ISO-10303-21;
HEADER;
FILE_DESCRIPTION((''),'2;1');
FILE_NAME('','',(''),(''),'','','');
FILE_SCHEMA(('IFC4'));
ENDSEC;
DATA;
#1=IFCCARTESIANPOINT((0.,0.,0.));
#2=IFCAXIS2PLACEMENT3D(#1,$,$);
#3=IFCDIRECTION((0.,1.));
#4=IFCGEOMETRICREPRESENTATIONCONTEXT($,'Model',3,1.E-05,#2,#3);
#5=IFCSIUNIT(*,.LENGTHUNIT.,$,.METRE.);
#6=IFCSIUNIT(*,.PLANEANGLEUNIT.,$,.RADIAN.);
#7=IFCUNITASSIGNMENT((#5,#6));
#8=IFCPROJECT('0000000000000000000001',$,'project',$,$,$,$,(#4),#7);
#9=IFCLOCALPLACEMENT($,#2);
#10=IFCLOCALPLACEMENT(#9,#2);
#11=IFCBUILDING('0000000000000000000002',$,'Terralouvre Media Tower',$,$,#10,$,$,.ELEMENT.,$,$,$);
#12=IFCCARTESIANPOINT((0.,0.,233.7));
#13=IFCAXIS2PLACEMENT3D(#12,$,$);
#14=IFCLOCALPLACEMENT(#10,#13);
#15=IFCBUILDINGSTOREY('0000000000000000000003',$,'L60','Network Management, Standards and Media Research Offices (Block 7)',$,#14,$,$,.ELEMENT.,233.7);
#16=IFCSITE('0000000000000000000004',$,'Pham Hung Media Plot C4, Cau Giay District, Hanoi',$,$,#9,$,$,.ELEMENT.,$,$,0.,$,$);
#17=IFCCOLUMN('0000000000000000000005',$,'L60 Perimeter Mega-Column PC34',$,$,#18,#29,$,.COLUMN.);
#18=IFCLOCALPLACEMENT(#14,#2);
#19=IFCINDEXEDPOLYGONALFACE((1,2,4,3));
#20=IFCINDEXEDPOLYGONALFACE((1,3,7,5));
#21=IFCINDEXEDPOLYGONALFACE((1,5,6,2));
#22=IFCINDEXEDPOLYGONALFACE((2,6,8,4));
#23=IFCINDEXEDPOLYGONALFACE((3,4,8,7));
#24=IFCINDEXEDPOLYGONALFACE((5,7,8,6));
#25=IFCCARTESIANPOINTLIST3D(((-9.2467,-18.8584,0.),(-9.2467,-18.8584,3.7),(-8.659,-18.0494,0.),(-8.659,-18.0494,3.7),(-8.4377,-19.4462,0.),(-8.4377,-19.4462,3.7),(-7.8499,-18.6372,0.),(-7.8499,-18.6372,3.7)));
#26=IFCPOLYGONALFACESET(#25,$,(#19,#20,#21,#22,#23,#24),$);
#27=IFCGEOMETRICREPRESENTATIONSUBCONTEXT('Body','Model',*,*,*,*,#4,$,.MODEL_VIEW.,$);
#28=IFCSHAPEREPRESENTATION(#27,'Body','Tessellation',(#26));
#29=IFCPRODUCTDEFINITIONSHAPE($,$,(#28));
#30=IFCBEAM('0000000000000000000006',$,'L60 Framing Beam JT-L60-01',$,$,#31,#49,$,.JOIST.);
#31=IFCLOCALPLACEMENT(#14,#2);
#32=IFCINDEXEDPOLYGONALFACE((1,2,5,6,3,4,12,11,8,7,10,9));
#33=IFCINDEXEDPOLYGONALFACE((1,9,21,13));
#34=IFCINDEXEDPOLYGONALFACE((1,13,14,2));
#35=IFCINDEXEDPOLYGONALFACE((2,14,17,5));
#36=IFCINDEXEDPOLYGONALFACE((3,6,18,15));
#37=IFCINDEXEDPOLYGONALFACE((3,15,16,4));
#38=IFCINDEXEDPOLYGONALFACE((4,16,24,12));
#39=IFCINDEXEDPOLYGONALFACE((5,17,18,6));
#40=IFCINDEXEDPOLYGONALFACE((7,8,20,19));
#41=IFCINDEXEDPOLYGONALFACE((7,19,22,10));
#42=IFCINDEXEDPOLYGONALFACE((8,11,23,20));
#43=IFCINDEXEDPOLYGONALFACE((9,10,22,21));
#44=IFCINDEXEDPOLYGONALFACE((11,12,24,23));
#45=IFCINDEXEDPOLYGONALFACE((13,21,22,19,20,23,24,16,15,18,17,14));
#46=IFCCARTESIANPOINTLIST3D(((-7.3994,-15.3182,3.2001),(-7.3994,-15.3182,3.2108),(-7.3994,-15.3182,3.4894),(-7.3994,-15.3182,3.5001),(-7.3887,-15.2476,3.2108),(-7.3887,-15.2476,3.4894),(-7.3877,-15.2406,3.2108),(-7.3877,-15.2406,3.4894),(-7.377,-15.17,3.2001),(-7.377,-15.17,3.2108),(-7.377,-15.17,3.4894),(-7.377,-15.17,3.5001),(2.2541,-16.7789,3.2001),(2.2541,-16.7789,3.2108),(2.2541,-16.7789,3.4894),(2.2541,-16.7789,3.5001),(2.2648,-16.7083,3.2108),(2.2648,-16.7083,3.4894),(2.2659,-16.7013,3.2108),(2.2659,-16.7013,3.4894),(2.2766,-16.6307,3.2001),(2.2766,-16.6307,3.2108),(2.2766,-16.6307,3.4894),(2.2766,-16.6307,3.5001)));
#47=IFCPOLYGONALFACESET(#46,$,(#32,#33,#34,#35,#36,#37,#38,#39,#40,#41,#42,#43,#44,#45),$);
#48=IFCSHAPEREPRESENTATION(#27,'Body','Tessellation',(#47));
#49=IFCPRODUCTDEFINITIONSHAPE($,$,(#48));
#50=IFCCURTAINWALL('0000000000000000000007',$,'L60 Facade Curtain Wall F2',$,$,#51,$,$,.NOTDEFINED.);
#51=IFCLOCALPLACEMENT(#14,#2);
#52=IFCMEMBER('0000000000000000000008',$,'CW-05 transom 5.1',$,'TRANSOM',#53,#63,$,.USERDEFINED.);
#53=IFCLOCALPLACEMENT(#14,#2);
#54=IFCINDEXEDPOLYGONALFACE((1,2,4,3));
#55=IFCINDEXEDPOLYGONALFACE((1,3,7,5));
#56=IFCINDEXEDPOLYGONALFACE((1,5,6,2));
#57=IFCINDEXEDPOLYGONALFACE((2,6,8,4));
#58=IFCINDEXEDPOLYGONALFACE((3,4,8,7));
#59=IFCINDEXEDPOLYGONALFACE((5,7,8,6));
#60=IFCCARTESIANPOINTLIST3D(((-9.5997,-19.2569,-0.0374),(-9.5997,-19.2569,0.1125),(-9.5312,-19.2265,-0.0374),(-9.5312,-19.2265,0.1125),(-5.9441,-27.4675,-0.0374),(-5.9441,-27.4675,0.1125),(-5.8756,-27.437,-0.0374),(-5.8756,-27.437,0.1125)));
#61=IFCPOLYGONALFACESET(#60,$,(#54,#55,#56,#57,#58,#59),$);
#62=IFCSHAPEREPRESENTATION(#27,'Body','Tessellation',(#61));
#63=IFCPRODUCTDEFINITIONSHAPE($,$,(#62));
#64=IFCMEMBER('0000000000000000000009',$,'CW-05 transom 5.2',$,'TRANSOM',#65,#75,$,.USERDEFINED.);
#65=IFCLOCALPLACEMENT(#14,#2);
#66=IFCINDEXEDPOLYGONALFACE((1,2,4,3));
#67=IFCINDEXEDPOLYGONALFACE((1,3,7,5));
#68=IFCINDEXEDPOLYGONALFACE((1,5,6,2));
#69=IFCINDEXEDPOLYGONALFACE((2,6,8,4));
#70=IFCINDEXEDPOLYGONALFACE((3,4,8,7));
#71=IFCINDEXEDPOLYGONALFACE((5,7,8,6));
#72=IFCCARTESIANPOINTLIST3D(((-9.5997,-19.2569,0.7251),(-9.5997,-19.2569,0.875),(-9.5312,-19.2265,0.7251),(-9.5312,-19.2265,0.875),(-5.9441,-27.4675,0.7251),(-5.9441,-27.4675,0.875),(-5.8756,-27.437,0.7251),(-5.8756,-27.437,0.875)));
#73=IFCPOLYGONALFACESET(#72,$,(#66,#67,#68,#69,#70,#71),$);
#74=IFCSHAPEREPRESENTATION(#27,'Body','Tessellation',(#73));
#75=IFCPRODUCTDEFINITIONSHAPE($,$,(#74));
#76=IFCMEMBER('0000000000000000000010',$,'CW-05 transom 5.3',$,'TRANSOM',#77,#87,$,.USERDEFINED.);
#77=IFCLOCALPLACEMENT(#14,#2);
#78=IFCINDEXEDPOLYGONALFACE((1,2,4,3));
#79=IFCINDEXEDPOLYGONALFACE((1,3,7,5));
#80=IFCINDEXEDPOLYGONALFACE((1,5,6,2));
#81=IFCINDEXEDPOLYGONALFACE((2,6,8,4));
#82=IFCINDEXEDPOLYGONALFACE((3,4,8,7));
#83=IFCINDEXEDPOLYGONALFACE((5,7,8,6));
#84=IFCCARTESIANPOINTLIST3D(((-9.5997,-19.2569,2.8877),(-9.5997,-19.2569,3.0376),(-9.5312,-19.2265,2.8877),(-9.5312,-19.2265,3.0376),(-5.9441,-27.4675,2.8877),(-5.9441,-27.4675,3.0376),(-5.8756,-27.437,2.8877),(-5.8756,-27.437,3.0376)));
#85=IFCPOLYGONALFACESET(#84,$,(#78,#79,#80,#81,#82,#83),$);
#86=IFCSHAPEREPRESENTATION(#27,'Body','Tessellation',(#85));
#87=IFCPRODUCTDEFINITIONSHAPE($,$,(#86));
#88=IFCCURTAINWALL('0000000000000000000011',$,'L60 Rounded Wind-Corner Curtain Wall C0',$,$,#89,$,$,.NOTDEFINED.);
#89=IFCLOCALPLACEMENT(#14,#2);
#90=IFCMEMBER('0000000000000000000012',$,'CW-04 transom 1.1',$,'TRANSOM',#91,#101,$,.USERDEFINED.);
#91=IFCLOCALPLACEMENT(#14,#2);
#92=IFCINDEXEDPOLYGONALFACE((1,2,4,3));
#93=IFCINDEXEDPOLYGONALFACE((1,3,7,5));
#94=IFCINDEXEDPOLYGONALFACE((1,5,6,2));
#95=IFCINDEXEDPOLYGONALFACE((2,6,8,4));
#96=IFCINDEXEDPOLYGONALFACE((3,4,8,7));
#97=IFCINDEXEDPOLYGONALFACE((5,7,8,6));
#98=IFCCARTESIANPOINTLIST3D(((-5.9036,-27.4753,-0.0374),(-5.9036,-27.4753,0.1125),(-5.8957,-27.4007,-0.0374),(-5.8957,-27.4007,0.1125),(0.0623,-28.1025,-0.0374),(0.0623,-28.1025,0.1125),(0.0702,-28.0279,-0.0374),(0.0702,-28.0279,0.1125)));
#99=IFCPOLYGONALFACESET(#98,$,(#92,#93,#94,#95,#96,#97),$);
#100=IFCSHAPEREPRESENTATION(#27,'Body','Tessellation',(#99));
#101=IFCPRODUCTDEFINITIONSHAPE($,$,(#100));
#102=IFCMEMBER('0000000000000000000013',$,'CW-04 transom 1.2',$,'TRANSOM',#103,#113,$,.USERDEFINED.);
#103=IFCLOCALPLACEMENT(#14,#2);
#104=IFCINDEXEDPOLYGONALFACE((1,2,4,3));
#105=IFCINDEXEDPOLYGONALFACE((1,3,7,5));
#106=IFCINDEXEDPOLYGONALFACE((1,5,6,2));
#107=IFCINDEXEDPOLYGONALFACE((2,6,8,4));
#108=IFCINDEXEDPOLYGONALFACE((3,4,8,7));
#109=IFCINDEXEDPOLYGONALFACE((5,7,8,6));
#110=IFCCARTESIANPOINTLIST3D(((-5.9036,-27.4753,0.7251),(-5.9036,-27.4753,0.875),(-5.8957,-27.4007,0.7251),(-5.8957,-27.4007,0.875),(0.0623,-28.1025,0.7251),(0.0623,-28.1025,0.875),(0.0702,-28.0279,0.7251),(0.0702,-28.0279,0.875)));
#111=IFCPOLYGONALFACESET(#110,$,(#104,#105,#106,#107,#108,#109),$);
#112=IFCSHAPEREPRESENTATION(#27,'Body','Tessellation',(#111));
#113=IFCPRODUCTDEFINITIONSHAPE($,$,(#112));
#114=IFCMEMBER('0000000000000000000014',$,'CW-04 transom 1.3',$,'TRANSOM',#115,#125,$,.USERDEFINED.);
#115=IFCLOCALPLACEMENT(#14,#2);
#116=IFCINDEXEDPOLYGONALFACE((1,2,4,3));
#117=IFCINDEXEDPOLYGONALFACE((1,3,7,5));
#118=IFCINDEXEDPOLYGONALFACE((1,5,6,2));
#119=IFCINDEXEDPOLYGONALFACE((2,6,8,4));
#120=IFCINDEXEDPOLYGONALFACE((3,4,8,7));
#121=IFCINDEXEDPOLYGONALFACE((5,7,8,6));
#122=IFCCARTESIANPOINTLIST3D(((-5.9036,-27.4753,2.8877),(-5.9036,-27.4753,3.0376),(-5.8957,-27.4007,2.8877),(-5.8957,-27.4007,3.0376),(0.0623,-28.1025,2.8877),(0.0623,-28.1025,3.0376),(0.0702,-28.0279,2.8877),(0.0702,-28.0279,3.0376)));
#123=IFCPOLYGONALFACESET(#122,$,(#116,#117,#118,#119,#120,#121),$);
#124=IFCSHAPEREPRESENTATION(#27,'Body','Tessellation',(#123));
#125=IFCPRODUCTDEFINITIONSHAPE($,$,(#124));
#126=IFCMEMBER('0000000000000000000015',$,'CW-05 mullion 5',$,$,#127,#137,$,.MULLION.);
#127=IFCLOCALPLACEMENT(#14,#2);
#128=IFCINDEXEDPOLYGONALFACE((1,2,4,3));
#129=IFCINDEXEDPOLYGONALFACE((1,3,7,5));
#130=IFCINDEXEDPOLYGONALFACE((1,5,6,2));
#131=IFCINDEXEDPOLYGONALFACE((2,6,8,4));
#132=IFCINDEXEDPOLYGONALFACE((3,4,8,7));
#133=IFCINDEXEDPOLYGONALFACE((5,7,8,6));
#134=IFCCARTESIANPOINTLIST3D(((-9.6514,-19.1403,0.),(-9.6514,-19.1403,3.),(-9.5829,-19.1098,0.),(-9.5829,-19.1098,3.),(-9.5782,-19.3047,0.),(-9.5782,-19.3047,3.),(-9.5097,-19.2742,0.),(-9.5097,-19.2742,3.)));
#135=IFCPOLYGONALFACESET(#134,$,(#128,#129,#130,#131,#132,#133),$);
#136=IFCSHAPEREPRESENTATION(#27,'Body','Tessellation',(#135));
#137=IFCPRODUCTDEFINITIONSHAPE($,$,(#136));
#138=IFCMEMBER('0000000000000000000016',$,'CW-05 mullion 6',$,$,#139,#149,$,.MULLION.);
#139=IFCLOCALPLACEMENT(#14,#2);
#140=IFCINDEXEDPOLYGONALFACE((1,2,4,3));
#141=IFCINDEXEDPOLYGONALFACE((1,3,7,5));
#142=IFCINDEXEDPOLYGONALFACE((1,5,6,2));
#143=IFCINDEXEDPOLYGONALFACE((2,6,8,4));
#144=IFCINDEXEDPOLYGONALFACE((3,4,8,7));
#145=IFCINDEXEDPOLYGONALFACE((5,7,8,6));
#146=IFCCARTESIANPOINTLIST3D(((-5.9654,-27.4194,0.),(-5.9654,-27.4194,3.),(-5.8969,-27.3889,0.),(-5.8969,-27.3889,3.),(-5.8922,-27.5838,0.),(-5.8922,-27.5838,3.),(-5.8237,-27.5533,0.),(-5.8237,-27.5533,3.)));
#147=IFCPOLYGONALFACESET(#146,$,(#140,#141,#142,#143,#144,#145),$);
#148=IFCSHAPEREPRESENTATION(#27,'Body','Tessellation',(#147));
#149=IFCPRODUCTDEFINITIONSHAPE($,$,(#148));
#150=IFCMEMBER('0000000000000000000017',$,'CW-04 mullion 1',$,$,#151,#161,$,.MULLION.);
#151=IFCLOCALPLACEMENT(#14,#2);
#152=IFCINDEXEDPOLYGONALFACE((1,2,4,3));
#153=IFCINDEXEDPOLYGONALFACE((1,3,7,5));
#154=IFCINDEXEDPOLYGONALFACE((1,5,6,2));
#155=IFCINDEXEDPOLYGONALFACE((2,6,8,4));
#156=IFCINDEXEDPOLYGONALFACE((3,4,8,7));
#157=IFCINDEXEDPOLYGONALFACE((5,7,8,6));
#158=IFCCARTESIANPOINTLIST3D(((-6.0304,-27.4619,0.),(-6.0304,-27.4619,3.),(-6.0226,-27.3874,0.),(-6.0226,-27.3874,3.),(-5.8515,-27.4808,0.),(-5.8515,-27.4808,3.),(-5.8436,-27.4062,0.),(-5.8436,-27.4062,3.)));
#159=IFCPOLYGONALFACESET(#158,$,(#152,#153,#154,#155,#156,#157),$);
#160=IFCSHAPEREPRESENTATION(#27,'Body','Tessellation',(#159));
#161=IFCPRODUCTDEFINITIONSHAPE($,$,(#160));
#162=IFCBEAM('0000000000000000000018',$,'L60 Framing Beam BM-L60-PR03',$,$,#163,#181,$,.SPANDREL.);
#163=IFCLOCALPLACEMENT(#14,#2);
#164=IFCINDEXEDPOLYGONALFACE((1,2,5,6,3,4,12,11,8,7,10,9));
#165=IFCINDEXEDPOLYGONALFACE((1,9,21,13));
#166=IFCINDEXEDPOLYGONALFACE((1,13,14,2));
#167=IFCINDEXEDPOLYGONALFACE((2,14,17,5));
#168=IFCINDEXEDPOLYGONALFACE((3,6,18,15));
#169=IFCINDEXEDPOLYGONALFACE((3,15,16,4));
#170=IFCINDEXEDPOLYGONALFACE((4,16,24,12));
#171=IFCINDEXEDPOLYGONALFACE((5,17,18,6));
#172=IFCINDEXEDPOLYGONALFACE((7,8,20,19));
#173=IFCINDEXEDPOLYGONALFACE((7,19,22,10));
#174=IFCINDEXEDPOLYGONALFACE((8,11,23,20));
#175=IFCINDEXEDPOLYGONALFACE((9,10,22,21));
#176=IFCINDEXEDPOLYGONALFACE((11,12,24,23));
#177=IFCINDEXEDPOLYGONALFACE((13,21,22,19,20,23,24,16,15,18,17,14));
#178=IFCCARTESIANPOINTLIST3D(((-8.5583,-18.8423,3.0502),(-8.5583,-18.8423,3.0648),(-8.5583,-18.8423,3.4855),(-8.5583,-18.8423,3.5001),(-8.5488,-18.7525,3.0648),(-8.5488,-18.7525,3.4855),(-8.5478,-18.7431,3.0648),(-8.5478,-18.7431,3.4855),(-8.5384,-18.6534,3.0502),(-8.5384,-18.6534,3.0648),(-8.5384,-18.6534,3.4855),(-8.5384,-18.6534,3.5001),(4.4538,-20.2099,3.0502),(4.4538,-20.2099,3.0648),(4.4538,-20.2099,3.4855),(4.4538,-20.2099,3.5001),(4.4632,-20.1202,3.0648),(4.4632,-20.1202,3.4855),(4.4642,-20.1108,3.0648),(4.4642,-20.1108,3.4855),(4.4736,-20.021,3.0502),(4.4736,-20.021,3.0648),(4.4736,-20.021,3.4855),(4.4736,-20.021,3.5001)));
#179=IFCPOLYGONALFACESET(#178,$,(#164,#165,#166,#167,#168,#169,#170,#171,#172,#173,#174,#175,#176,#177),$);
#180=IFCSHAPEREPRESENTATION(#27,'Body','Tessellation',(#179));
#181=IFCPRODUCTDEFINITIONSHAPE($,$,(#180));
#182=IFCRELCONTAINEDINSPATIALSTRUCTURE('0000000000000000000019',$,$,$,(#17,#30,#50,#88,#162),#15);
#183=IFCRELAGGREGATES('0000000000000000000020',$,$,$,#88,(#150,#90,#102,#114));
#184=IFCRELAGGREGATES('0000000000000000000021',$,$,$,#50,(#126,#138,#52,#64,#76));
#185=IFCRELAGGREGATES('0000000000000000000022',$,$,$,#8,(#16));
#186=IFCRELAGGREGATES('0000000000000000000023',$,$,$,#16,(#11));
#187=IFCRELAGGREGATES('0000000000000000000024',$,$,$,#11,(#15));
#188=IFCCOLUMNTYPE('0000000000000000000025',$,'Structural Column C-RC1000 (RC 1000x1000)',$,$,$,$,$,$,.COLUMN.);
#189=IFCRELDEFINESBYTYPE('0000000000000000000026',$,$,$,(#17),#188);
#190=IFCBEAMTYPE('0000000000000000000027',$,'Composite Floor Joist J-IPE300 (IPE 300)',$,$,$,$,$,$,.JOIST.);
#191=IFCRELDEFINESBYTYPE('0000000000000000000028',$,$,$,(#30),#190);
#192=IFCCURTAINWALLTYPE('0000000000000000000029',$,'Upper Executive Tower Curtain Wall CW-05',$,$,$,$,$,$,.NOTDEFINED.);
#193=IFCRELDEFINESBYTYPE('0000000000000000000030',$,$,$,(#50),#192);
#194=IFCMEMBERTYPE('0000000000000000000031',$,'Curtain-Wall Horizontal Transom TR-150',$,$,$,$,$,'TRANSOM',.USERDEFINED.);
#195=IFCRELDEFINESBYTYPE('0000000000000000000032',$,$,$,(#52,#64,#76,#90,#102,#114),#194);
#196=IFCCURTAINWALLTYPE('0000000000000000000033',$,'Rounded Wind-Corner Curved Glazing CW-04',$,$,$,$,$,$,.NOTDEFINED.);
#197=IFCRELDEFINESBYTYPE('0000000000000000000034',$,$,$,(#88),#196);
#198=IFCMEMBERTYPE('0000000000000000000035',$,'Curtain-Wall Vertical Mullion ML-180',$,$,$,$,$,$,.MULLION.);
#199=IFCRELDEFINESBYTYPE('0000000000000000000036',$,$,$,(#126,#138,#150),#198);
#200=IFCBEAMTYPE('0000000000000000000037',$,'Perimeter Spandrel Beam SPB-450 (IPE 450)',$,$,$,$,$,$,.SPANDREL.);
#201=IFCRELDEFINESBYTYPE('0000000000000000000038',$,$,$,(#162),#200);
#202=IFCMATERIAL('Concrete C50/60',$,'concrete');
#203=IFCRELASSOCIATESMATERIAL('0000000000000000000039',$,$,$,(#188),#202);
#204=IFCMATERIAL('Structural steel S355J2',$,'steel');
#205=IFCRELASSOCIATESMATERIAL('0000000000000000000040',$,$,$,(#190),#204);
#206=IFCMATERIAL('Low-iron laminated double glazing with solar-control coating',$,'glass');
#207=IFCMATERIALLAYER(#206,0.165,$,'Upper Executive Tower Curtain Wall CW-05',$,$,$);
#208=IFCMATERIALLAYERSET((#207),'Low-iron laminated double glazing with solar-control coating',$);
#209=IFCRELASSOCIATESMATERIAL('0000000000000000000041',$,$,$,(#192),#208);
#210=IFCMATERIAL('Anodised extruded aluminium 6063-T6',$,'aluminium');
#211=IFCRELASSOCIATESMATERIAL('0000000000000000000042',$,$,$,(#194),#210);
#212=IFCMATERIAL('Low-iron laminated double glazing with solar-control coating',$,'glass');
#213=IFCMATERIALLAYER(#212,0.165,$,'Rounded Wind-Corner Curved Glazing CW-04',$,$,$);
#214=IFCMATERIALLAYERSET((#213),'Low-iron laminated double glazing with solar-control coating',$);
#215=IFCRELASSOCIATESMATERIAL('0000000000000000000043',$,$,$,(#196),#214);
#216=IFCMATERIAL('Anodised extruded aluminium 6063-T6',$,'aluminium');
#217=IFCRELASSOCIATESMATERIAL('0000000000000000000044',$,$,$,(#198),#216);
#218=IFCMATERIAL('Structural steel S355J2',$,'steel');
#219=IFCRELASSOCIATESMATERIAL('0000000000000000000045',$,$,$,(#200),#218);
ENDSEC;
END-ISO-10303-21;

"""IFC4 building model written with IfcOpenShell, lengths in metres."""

from ifc_helpers import new_model, si_unit, direction, frame, origin, origin_2d, place, context, subcontext, project, spatial, rectangle, i_section, extrude, material, layer, layer_set, material_profile, profile_set, type_object, element, aggregate, save


model = new_model("IFC4")

# Units and contexts
model_context = context("Model", 3, precision=1e-05, world=origin(), true_north=direction((0.0, 1.0)))
body_context = subcontext(model_context, "Body", "Model", "MODEL_VIEW")
ifc_project = project(units=[si_unit("LENGTHUNIT", "METRE"), si_unit("PLANEANGLEUNIT", "RADIAN")], contexts=[model_context])

# Site, building, storey
site_placement = place(None, origin())
site = spatial("IfcSite", under=ifc_project, at=site_placement, Name="Pham Hung Media Plot C4, Cau Giay District, Hanoi", CompositionType="ELEMENT", RefElevation=0.0)
building_placement = place(site_placement, origin())
building = spatial("IfcBuilding", under=site, at=building_placement, Name="Terralouvre Media Tower", CompositionType="ELEMENT")
storey_placement = place(building_placement, frame((0.0, 0.0, 233.7)))
storey = spatial("IfcBuildingStorey", under=building, at=storey_placement, Name="L60", Description="Network Management, Standards and Media Research Offices (Block 7)", CompositionType="ELEMENT", Elevation=233.7)

# Column
ifc_material_1 = material(Name="Concrete C50/60", Category="concrete")
ifc_material_profile_1 = material_profile(ifc_material_1, rectangle(XDim=1.0, YDim=1.0, at=origin_2d()), Name="RC 1000x1000")
ifc_profile_set_1 = profile_set([ifc_material_profile_1], Name="Concrete C50/60")
column_type = type_object("IfcColumnType", Name="Structural Column C-RC1000 (RC 1000x1000)", PredefinedType="COLUMN", material=ifc_profile_set_1)
column_placement = place(storey_placement, frame((-8.5483, -18.7478, 0.0), z_axis=(0.0, 0.0, 1.0), x_axis=(0.587785, 0.809017, 0.0)))
element("IfcColumn", 1, at=column_placement, inside=storey, type_object=column_type, Name="L60 Perimeter Mega-Column PC34", PredefinedType="COLUMN", context=body_context, shape_type="SweptSolid", body=[
    extrude(rectangle(XDim=1.0, YDim=1.0, at=origin_2d()), origin(), (0.0, 0.0, 1.0), 3.7),
])

# Beam
ifc_material_2 = material(Name="Structural steel S355J2", Category="steel")
ifc_material_profile_2 = material_profile(ifc_material_2, i_section(OverallWidth=0.1499, OverallDepth=0.3, WebThickness=0.0071, FlangeThickness=0.0107, at=origin_2d()), Name="IPE 300")
ifc_profile_set_2 = profile_set([ifc_material_profile_2], Name="Structural steel S355J2")
beam_type_1 = type_object("IfcBeamType", Name="Composite Floor Joist J-IPE300 (IPE 300)", PredefinedType="JOIST", material=ifc_profile_set_2)
beam_1_placement = place(storey_placement, frame((-7.3882, -15.2441, 3.3501), z_axis=(0.988745, -0.149608, 0.0), x_axis=(0.149608, 0.988745, 0.0)))
element("IfcBeam", 2, at=beam_1_placement, inside=storey, type_object=beam_type_1, Name="L60 Framing Beam JT-L60-01", PredefinedType="JOIST", context=body_context, shape_type="SweptSolid", body=[
    extrude(i_section(OverallWidth=0.1499, OverallDepth=0.3, WebThickness=0.0071, FlangeThickness=0.0107, at=origin_2d()), origin(), (0.0, 0.0, 1.0), 9.7634),
])

# Curtain walls, members
ifc_material_3 = material(Name="Low-iron laminated double glazing with solar-control coating", Category="glass")
ifc_layer_1 = layer(ifc_material_3, 0.165, Name="Upper Executive Tower Curtain Wall CW-05")
ifc_layer_set_1 = layer_set([ifc_layer_1], Name="Low-iron laminated double glazing with solar-control coating")
curtain_wall_type_1 = type_object("IfcCurtainWallType", Name="Upper Executive Tower Curtain Wall CW-05", PredefinedType="NOTDEFINED", material=ifc_layer_set_1)
curtain_wall_1_placement = place(storey_placement, origin())
curtain_wall_1 = element("IfcCurtainWall", 3, at=curtain_wall_1_placement, inside=storey, type_object=curtain_wall_type_1, Name="L60 Facade Curtain Wall F2", PredefinedType="NOTDEFINED")
ifc_material_4 = material(Name="Anodised extruded aluminium 6063-T6", Category="aluminium")
ifc_material_profile_3 = material_profile(ifc_material_4, rectangle(XDim=0.075, YDim=0.1499, at=origin_2d()), Name="ALU 75x150")
ifc_profile_set_3 = profile_set([ifc_material_profile_3], Name="Anodised extruded aluminium 6063-T6")
member_type_1 = type_object("IfcMemberType", Name="Curtain-Wall Horizontal Transom TR-150", ElementType="TRANSOM", PredefinedType="USERDEFINED", material=ifc_profile_set_3)
member_1_placement = place(storey_placement, frame((-9.5654, -19.2417, 0.0376), z_axis=(0.406736, -0.913546, 0.0), x_axis=(0.913546, 0.406736, 0.0)))
member_1 = element("IfcMember", 4, at=member_1_placement, type_object=member_type_1, Name="CW-05 transom 5.1", ObjectType="TRANSOM", PredefinedType="USERDEFINED", context=body_context, shape_type="SweptSolid", body=[
    extrude(rectangle(XDim=0.075, YDim=0.1499, at=origin_2d()), origin(), (0.0, 0.0, 1.0), 8.9875),
])
member_2_placement = place(storey_placement, frame((-9.5654, -19.2417, 0.8), z_axis=(0.406736, -0.913546, 0.0), x_axis=(0.913546, 0.406736, 0.0)))
member_2 = element("IfcMember", 5, at=member_2_placement, type_object=member_type_1, Name="CW-05 transom 5.2", ObjectType="TRANSOM", PredefinedType="USERDEFINED", context=body_context, shape_type="SweptSolid", body=[
    extrude(rectangle(XDim=0.075, YDim=0.1499, at=origin_2d()), origin(), (0.0, 0.0, 1.0), 8.9875),
])
member_3_placement = place(storey_placement, frame((-9.5654, -19.2417, 2.9626), z_axis=(0.406736, -0.913546, 0.0), x_axis=(0.913546, 0.406736, 0.0)))
member_3 = element("IfcMember", 6, at=member_3_placement, type_object=member_type_1, Name="CW-05 transom 5.3", ObjectType="TRANSOM", PredefinedType="USERDEFINED", context=body_context, shape_type="SweptSolid", body=[
    extrude(rectangle(XDim=0.075, YDim=0.1499, at=origin_2d()), origin(), (0.0, 0.0, 1.0), 8.9875),
])
ifc_material_5 = material(Name="Low-iron laminated double glazing with solar-control coating", Category="glass")
ifc_layer_2 = layer(ifc_material_5, 0.165, Name="Rounded Wind-Corner Curved Glazing CW-04")
ifc_layer_set_2 = layer_set([ifc_layer_2], Name="Low-iron laminated double glazing with solar-control coating")
curtain_wall_type_2 = type_object("IfcCurtainWallType", Name="Rounded Wind-Corner Curved Glazing CW-04", PredefinedType="NOTDEFINED", material=ifc_layer_set_2)
curtain_wall_2_placement = place(storey_placement, origin())
curtain_wall_2 = element("IfcCurtainWall", 7, at=curtain_wall_2_placement, inside=storey, type_object=curtain_wall_type_2, Name="L60 Rounded Wind-Corner Curtain Wall C0", PredefinedType="NOTDEFINED")
member_4_placement = place(storey_placement, frame((-5.8997, -27.438, 0.0376), z_axis=(0.994519, -0.104556, 0.0), x_axis=(0.104556, 0.994519, 0.0)))
member_4 = element("IfcMember", 8, at=member_4_placement, type_object=member_type_1, Name="CW-04 transom 1.1", ObjectType="TRANSOM", PredefinedType="USERDEFINED", context=body_context, shape_type="SweptSolid", body=[
    extrude(rectangle(XDim=0.075, YDim=0.1499, at=origin_2d()), origin(), (0.0, 0.0, 1.0), 5.9988),
])
member_5_placement = place(storey_placement, frame((-5.8997, -27.438, 0.8), z_axis=(0.994519, -0.104556, 0.0), x_axis=(0.104556, 0.994519, 0.0)))
member_5 = element("IfcMember", 9, at=member_5_placement, type_object=member_type_1, Name="CW-04 transom 1.2", ObjectType="TRANSOM", PredefinedType="USERDEFINED", context=body_context, shape_type="SweptSolid", body=[
    extrude(rectangle(XDim=0.075, YDim=0.1499, at=origin_2d()), origin(), (0.0, 0.0, 1.0), 5.9988),
])
member_6_placement = place(storey_placement, frame((-5.8997, -27.438, 2.9626), z_axis=(0.994519, -0.104556, 0.0), x_axis=(0.104556, 0.994519, 0.0)))
member_6 = element("IfcMember", 10, at=member_6_placement, type_object=member_type_1, Name="CW-04 transom 1.3", ObjectType="TRANSOM", PredefinedType="USERDEFINED", context=body_context, shape_type="SweptSolid", body=[
    extrude(rectangle(XDim=0.075, YDim=0.1499, at=origin_2d()), origin(), (0.0, 0.0, 1.0), 5.9988),
])

# Members
ifc_material_6 = material(Name="Anodised extruded aluminium 6063-T6", Category="aluminium")
ifc_material_profile_4 = material_profile(ifc_material_6, rectangle(XDim=0.075, YDim=0.1799, at=origin_2d()), Name="ALU 75x180")
ifc_profile_set_4 = profile_set([ifc_material_profile_4], Name="Anodised extruded aluminium 6063-T6")
member_type_2 = type_object("IfcMemberType", Name="Curtain-Wall Vertical Mullion ML-180", PredefinedType="MULLION", material=ifc_profile_set_4)
member_7_placement = place(storey_placement, frame((-9.5806, -19.2073, 0.0), z_axis=(0.0, 0.0, 1.0), x_axis=(0.913545, 0.406737, 0.0)))
member_7 = element("IfcMember", 11, at=member_7_placement, type_object=member_type_2, Name="CW-05 mullion 5", PredefinedType="MULLION", context=body_context, shape_type="SweptSolid", body=[
    extrude(rectangle(XDim=0.075, YDim=0.1799, at=origin_2d()), origin(), (0.0, 0.0, 1.0), 3.0),
])
member_8_placement = place(storey_placement, frame((-5.8945, -27.4863, 0.0), z_axis=(0.0, 0.0, 1.0), x_axis=(0.913545, 0.406737, 0.0)))
member_8 = element("IfcMember", 12, at=member_8_placement, type_object=member_type_2, Name="CW-05 mullion 6", PredefinedType="MULLION", context=body_context, shape_type="SweptSolid", body=[
    extrude(rectangle(XDim=0.075, YDim=0.1799, at=origin_2d()), origin(), (0.0, 0.0, 1.0), 3.0),
])
member_9_placement = place(storey_placement, frame((-5.937, -27.4341, 0.0), z_axis=(0.0, 0.0, 1.0), x_axis=(0.104528, 0.994522, 0.0)))
member_9 = element("IfcMember", 13, at=member_9_placement, type_object=member_type_2, Name="CW-04 mullion 1", PredefinedType="MULLION", context=body_context, shape_type="SweptSolid", body=[
    extrude(rectangle(XDim=0.075, YDim=0.1799, at=origin_2d()), origin(), (0.0, 0.0, 1.0), 3.0),
])

# Beam
ifc_material_7 = material(Name="Structural steel S355J2", Category="steel")
ifc_material_profile_5 = material_profile(ifc_material_7, i_section(OverallWidth=0.1899, OverallDepth=0.45, WebThickness=0.0095, FlangeThickness=0.0146, at=origin_2d()), Name="IPE 450")
ifc_profile_set_5 = profile_set([ifc_material_profile_5], Name="Structural steel S355J2")
beam_type_2 = type_object("IfcBeamType", Name="Perimeter Spandrel Beam SPB-450 (IPE 450)", PredefinedType="SPANDREL", material=ifc_profile_set_5)
beam_2_placement = place(storey_placement, frame((-8.5483, -18.7478, 3.2751), z_axis=(0.994521, -0.104533, 0.0), x_axis=(0.104533, 0.994521, 0.0)))
element("IfcBeam", 14, at=beam_2_placement, inside=storey, type_object=beam_type_2, Name="L60 Framing Beam BM-L60-PR03", PredefinedType="SPANDREL", context=body_context, shape_type="SweptSolid", body=[
    extrude(i_section(OverallWidth=0.1899, OverallDepth=0.45, WebThickness=0.0095, FlangeThickness=0.0146, at=origin_2d()), origin(), (0.0, 0.0, 1.0), 13.0837),
])

aggregate(curtain_wall_2, [member_9, member_4, member_5, member_6])
aggregate(curtain_wall_1, [member_7, member_8, member_1, member_2, member_3])

save(model, "model.ifc")
